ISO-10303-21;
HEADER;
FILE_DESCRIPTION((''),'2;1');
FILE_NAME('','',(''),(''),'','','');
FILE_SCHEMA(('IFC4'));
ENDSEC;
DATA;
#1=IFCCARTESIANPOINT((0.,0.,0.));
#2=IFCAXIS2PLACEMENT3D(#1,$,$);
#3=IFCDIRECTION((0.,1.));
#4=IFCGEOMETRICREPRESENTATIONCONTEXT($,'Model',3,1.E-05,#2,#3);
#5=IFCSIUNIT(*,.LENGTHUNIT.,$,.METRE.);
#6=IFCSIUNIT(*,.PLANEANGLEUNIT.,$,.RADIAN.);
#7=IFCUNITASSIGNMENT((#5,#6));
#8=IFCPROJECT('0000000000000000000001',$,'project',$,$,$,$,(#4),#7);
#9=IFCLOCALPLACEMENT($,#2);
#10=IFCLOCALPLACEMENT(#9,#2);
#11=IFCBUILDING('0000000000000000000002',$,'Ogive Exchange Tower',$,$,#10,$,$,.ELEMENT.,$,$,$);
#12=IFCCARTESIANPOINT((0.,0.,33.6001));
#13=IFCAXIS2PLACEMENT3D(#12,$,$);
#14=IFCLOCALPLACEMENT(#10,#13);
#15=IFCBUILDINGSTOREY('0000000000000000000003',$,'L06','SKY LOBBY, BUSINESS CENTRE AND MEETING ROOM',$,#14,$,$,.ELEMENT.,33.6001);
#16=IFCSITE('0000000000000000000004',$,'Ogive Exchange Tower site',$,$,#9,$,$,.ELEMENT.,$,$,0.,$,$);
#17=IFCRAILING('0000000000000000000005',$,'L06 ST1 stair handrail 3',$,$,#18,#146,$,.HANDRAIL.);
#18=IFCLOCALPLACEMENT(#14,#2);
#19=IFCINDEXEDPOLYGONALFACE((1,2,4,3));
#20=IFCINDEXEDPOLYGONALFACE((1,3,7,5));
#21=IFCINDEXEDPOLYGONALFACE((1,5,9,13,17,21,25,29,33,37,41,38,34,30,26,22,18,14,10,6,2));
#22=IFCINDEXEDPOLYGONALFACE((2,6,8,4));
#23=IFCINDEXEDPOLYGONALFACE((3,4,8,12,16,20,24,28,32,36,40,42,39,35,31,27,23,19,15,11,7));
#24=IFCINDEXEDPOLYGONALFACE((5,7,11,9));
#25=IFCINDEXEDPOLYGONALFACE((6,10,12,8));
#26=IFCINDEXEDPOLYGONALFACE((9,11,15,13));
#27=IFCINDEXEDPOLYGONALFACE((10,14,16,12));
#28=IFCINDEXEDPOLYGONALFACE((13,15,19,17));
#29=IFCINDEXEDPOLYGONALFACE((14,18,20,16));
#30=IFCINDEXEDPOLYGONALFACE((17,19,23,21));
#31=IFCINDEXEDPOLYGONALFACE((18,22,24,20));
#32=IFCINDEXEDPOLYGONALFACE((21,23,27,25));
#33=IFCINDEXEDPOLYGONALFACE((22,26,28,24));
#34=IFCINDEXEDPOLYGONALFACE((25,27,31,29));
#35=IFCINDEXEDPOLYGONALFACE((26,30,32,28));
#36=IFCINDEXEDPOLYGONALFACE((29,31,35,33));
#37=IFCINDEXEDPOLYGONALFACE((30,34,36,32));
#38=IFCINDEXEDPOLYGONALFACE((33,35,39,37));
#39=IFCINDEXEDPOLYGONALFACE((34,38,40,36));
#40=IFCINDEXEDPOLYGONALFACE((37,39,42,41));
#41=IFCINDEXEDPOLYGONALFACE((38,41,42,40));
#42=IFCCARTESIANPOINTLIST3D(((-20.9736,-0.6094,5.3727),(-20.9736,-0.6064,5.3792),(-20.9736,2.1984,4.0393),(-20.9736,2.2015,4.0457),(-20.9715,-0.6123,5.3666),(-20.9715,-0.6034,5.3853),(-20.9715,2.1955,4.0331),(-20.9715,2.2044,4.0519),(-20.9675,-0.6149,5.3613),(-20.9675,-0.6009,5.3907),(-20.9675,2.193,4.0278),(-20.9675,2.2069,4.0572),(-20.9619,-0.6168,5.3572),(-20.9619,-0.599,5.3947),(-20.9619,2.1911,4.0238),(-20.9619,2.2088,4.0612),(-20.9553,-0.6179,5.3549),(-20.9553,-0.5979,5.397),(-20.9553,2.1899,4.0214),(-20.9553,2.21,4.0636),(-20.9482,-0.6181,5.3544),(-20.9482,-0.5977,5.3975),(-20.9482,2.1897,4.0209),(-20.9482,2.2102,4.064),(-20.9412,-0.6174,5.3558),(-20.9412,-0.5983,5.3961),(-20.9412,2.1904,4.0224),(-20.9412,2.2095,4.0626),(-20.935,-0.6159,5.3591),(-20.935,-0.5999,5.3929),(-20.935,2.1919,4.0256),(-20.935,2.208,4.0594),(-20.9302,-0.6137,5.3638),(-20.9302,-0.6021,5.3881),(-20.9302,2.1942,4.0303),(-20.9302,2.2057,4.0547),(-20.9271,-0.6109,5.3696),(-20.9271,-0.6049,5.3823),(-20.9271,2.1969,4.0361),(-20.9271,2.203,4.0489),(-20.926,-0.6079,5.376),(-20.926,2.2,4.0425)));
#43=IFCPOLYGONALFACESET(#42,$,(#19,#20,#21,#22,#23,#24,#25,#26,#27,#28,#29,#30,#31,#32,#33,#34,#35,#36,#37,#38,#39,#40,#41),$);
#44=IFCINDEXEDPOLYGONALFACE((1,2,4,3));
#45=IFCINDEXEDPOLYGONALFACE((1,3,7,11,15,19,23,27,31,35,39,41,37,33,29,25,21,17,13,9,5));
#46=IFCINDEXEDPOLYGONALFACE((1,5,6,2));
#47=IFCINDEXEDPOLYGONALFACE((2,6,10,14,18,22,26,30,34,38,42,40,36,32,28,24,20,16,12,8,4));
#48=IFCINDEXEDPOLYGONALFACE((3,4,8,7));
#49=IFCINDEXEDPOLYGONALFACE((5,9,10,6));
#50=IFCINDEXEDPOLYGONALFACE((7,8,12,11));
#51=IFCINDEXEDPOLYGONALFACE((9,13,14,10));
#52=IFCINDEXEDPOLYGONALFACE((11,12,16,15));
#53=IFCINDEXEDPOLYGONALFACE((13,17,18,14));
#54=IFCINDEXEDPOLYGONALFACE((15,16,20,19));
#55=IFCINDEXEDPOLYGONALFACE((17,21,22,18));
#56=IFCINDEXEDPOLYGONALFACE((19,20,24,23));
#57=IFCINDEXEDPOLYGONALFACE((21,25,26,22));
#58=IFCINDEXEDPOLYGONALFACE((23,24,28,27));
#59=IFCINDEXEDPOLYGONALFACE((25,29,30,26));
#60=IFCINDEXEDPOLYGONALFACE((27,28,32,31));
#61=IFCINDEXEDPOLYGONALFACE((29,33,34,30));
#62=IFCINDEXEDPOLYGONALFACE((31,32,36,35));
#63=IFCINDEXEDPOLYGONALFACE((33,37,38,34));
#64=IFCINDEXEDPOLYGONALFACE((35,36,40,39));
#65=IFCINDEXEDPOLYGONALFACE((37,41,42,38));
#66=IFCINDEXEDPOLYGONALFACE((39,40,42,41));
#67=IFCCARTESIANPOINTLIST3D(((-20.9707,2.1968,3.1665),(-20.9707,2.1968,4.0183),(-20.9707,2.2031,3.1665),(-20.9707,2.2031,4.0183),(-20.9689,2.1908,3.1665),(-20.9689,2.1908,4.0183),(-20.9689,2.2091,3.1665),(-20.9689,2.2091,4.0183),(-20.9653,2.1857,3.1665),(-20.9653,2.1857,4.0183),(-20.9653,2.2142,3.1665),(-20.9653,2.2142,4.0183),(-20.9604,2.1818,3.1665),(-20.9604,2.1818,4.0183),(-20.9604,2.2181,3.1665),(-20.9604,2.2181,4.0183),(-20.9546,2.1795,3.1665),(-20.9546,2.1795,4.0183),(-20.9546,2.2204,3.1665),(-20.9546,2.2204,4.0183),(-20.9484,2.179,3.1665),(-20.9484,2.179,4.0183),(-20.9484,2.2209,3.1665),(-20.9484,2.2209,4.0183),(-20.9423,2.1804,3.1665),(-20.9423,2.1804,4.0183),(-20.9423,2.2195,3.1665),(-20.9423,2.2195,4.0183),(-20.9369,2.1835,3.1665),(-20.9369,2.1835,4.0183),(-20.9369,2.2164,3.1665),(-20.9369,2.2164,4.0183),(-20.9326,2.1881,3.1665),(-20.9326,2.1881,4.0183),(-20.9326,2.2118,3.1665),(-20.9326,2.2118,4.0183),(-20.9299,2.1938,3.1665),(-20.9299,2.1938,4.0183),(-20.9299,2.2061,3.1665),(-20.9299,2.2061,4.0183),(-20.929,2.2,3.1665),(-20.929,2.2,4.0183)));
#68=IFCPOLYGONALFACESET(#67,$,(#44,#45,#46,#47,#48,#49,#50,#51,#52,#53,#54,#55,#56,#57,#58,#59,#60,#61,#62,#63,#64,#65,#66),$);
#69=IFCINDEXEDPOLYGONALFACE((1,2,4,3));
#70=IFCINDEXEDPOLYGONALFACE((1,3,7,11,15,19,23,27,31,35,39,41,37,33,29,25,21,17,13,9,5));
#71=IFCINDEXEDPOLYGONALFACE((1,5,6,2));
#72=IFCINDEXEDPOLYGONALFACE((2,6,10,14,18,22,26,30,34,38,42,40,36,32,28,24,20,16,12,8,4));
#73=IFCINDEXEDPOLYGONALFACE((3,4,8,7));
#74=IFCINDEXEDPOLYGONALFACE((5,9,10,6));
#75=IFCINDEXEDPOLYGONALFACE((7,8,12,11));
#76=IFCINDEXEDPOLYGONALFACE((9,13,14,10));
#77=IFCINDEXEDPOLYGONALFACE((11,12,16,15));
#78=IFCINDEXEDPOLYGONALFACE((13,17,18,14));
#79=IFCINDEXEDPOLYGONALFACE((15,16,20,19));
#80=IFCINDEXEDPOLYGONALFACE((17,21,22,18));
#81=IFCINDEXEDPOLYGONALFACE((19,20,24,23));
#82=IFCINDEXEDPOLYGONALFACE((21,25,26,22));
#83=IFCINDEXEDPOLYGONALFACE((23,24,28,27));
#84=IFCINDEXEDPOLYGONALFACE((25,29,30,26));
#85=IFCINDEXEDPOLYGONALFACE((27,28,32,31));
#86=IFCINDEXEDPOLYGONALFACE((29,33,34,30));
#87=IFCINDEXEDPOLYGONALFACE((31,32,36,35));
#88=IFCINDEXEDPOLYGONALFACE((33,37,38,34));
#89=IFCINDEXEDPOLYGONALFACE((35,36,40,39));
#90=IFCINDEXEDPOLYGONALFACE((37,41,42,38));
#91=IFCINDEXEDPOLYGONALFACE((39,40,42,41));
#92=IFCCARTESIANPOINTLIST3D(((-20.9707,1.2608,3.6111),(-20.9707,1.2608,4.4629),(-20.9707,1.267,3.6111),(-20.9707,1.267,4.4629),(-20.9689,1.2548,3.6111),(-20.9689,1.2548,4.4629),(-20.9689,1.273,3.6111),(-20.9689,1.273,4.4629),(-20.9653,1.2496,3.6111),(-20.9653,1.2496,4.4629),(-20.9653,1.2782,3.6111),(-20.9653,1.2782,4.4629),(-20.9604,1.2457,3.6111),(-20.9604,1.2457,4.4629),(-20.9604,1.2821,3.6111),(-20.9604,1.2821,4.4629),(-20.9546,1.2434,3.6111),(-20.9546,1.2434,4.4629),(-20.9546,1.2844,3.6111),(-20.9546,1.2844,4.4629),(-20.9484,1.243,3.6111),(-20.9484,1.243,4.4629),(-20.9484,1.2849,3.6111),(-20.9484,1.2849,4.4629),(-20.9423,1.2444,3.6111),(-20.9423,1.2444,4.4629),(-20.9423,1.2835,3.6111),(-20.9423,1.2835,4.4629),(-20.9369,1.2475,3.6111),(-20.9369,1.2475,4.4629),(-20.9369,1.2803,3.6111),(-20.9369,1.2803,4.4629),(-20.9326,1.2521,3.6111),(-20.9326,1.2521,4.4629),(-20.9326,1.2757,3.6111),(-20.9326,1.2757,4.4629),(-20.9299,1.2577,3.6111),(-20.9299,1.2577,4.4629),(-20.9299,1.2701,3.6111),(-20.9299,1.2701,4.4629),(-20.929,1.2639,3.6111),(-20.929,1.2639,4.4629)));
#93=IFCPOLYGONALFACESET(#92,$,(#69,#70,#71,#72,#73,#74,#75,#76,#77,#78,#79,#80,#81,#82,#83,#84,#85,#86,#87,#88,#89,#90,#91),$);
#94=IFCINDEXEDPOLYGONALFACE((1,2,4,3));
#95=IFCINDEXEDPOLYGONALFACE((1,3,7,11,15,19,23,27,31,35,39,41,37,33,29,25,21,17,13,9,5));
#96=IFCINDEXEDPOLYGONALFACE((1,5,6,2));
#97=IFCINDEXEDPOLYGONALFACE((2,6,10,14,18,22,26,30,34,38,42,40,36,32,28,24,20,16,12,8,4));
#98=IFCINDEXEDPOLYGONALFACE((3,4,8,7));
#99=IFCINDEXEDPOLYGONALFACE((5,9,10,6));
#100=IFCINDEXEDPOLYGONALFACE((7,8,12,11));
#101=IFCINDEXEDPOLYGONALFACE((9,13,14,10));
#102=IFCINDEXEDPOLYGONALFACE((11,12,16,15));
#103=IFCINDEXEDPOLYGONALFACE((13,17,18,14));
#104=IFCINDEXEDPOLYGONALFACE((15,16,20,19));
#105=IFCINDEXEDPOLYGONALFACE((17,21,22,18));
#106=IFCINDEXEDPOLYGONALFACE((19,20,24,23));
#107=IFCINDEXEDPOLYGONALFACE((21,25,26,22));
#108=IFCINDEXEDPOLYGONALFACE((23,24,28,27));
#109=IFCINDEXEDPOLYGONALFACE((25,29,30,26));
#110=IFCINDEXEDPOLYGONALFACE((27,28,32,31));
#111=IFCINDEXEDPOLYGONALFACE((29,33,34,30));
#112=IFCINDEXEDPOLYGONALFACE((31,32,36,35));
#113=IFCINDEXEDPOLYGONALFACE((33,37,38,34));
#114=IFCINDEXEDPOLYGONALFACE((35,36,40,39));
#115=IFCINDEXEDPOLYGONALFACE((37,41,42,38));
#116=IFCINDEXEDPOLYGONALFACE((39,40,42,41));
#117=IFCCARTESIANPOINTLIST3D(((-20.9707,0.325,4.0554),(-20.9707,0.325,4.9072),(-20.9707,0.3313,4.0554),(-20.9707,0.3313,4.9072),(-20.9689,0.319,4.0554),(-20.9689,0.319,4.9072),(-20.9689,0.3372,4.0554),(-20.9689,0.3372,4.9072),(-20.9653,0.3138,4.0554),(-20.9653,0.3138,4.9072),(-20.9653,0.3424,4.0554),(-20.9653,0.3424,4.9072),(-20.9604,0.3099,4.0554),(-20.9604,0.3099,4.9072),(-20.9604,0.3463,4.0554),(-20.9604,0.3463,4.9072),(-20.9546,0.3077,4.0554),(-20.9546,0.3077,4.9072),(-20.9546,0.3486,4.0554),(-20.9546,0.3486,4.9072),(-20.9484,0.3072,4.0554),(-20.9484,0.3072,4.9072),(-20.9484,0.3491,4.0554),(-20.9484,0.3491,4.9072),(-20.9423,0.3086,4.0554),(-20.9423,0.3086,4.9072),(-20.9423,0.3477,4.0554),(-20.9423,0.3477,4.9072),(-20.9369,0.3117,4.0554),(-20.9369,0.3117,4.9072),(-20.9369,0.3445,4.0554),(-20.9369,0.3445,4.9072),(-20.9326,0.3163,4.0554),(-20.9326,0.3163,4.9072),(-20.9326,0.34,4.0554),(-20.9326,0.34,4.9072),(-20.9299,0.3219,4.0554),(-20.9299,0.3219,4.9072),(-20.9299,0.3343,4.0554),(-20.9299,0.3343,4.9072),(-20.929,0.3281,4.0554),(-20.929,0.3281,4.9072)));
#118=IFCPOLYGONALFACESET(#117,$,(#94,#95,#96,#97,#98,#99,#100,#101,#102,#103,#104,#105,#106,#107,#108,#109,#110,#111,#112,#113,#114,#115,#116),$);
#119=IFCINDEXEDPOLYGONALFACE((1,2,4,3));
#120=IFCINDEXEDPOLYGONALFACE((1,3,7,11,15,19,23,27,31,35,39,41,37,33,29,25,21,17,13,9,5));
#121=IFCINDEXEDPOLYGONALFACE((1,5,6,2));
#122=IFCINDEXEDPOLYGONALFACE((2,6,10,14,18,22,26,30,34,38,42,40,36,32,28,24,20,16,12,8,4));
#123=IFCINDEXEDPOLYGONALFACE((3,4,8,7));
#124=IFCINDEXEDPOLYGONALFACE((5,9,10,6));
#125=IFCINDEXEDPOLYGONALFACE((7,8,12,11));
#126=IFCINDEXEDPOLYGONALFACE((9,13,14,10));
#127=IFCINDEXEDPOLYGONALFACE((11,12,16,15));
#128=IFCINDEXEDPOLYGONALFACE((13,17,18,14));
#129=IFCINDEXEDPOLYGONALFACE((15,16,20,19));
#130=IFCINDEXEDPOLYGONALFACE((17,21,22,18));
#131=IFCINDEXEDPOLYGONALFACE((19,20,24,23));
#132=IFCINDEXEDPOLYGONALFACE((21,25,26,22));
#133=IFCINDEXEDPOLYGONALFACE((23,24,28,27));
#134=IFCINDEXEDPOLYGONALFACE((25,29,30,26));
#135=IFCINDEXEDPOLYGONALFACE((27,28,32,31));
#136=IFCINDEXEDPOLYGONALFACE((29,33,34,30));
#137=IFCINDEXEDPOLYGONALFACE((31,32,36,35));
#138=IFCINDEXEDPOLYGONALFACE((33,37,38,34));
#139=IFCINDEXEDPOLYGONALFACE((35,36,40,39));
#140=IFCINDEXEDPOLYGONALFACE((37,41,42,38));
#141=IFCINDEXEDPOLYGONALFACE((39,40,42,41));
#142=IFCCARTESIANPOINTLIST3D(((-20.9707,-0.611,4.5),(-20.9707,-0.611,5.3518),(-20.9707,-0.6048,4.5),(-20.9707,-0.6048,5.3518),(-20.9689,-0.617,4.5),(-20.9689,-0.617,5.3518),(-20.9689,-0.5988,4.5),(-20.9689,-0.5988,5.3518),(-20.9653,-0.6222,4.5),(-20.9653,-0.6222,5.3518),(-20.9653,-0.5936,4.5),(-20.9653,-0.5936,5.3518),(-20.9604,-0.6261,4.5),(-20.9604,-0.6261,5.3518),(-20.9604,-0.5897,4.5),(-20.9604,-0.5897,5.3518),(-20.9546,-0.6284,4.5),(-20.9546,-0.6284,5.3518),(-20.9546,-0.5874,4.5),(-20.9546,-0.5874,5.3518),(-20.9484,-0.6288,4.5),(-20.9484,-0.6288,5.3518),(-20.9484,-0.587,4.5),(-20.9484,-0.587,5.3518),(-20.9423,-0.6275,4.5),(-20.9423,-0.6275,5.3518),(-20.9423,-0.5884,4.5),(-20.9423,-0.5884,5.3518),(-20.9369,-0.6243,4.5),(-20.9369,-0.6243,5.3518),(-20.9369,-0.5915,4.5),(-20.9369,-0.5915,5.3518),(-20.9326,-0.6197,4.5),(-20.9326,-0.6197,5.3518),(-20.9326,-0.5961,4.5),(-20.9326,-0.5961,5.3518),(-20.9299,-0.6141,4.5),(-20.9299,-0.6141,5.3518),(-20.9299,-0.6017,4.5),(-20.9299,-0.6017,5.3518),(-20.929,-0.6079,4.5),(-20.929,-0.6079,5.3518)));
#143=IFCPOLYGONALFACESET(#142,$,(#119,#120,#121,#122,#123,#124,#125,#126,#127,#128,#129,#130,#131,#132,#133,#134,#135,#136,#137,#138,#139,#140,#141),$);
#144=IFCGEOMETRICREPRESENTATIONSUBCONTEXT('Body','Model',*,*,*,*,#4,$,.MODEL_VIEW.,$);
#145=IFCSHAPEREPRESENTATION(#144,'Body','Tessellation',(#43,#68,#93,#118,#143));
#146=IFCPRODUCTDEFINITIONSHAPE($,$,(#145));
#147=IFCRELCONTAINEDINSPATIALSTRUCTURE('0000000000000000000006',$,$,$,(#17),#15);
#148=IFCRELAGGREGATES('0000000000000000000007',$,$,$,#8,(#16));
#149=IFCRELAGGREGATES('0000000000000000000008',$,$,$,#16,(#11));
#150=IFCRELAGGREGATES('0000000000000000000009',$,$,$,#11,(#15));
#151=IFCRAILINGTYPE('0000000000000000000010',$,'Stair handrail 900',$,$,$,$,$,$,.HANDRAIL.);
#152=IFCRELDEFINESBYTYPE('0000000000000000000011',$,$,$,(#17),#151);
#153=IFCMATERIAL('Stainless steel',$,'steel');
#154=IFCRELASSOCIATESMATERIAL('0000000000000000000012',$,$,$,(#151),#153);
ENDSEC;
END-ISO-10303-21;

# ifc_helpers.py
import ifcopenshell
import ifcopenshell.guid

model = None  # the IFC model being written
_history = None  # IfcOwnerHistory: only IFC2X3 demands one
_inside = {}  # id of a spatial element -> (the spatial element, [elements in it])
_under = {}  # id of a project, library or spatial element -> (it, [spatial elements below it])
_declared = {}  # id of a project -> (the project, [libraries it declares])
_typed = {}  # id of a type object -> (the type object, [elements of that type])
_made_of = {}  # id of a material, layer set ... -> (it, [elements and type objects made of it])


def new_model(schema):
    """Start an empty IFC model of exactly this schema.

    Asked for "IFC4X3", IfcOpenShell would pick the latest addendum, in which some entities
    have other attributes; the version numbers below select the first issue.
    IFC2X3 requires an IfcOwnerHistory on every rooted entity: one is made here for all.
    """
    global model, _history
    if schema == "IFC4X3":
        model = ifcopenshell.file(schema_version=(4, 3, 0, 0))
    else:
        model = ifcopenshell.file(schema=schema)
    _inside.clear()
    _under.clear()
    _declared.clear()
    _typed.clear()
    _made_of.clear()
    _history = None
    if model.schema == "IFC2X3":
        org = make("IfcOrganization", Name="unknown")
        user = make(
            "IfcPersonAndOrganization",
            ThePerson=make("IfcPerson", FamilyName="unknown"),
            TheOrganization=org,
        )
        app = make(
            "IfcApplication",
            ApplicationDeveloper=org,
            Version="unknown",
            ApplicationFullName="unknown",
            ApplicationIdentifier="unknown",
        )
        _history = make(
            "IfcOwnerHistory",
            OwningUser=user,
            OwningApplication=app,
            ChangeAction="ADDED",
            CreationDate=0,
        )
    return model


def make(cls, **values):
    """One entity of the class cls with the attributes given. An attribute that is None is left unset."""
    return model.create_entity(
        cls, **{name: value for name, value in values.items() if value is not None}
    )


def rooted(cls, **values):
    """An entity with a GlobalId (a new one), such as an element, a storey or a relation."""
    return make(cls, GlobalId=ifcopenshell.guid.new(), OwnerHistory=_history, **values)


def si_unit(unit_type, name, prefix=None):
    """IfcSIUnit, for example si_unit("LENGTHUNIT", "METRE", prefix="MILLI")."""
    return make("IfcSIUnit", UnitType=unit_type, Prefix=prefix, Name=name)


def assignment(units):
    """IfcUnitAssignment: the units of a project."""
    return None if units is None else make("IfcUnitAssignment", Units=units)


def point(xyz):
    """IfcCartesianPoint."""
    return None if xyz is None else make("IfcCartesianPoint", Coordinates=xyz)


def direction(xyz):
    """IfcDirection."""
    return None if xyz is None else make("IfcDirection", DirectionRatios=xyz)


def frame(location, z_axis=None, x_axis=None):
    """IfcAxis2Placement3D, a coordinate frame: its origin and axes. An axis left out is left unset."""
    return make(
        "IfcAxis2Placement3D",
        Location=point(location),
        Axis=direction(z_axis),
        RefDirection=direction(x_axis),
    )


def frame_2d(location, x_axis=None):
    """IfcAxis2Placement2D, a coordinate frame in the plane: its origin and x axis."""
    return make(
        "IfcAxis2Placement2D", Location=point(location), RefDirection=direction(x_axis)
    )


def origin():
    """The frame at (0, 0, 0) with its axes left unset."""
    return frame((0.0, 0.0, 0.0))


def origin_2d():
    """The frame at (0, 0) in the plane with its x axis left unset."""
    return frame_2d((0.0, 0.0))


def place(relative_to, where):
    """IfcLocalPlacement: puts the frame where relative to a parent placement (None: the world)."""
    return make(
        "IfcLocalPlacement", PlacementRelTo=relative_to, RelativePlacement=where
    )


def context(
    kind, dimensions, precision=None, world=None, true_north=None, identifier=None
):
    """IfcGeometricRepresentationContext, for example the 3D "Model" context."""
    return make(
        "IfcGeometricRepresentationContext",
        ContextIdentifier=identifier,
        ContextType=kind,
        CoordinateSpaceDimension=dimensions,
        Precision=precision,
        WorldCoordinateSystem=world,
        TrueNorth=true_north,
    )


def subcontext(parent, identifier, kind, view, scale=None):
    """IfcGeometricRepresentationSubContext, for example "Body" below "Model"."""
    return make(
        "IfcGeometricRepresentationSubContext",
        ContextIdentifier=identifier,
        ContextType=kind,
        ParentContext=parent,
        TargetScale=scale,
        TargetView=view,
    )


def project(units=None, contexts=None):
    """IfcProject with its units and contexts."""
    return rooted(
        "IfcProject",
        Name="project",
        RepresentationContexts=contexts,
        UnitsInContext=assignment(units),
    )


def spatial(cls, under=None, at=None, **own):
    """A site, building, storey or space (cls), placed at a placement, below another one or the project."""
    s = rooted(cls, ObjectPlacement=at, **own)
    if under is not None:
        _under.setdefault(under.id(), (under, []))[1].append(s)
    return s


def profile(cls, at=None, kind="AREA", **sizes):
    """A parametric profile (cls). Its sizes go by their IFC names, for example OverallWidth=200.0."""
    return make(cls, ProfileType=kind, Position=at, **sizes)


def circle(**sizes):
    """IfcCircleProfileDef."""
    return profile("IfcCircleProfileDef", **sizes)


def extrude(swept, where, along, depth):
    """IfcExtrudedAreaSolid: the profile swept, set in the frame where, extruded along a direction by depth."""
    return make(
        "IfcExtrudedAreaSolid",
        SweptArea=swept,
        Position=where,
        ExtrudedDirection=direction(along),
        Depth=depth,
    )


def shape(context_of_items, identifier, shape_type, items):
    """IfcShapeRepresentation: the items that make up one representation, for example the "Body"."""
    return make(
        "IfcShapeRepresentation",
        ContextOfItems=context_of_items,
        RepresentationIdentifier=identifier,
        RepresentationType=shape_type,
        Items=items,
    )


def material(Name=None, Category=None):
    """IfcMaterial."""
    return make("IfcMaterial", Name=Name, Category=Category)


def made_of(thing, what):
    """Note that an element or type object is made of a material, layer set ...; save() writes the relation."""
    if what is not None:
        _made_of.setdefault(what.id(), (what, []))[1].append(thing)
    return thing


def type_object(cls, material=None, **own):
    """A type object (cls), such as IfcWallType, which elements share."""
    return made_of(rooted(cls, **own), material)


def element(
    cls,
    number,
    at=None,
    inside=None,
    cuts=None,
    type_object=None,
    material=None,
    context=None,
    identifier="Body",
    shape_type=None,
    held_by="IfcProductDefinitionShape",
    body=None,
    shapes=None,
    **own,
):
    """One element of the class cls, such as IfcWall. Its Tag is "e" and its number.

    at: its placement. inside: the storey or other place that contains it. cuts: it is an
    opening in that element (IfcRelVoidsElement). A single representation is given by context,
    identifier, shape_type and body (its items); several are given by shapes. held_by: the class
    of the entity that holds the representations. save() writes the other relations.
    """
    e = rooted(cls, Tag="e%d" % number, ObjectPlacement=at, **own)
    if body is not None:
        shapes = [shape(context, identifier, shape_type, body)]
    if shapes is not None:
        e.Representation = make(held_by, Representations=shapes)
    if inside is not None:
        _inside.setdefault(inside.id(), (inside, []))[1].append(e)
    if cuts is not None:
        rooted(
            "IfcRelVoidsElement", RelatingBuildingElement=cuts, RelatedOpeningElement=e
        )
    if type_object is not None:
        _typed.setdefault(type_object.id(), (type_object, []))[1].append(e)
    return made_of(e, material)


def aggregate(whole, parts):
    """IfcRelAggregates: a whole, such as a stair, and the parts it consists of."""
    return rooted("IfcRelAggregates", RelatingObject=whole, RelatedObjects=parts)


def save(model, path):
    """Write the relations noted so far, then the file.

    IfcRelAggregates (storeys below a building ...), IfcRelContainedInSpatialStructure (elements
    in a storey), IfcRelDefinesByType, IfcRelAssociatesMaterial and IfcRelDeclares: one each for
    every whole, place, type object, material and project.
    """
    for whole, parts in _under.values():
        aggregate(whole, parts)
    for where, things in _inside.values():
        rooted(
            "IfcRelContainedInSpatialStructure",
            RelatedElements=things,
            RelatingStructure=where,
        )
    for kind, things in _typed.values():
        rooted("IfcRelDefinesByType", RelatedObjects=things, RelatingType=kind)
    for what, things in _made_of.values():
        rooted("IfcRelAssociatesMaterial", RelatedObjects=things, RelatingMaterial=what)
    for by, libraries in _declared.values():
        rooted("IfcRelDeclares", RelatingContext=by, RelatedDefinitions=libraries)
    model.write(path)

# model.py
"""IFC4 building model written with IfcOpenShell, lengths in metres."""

from ifc_helpers import new_model, si_unit, direction, frame, origin, origin_2d, place, context, subcontext, project, spatial, circle, extrude, material, type_object, element, save


model = new_model("IFC4")

# Units and contexts
model_context = context("Model", 3, precision=1e-05, world=origin(), true_north=direction((0.0, 1.0)))
body_context = subcontext(model_context, "Body", "Model", "MODEL_VIEW")
ifc_project = project(units=[si_unit("LENGTHUNIT", "METRE"), si_unit("PLANEANGLEUNIT", "RADIAN")], contexts=[model_context])

# Site, building, storey
site_placement = place(None, origin())
site = spatial("IfcSite", under=ifc_project, at=site_placement, Name="Ogive Exchange Tower site", CompositionType="ELEMENT", RefElevation=0.0)
building_placement = place(site_placement, origin())
building = spatial("IfcBuilding", under=site, at=building_placement, Name="Ogive Exchange Tower", CompositionType="ELEMENT")
storey_placement = place(building_placement, frame((0.0, 0.0, 33.6001)))
storey = spatial("IfcBuildingStorey", under=building, at=storey_placement, Name="L06", Description="SKY LOBBY, BUSINESS CENTRE AND MEETING ROOM", CompositionType="ELEMENT", Elevation=33.6001)

# Shared definitions
ifc_material_1 = material(Name="Stainless steel", Category="steel")

# Railing
railing_type = type_object("IfcRailingType", Name="Stair handrail 900", PredefinedType="HANDRAIL", material=ifc_material_1)
for number, where, name in (
    (1, (-20.95, 2.2, 3.1665), "L06 ST1 stair handrail 3"),
):
    element("IfcRailing", number, at=place(storey_placement, frame(where)), inside=storey, type_object=railing_type, Name=name, PredefinedType="HANDRAIL", context=body_context, shape_type="SweptSolid", body=[
        extrude(circle(Radius=0.0239, at=origin_2d()), frame((0.0, 0.0, 0.876), z_axis=(0.0, -0.903307, 0.428994), x_axis=(1.0, 0.0, 0.0)), (0.0, 0.0, 1.0), 3.1084),
        extrude(circle(Radius=0.021, at=origin_2d()), origin(), (0.0, 0.0, 1.0), 0.8518),
        extrude(circle(Radius=0.021, at=origin_2d()), frame((0.0, -0.936, 0.4446)), (0.0, 0.0, 1.0), 0.8518),
        extrude(circle(Radius=0.021, at=origin_2d()), frame((0.0, -1.8718, 0.8889)), (0.0, 0.0, 1.0), 0.8518),
        extrude(circle(Radius=0.021, at=origin_2d()), frame((0.0, -2.8079, 1.3335)), (0.0, 0.0, 1.0), 0.8518),
    ])

save(model, "model.ifc")
